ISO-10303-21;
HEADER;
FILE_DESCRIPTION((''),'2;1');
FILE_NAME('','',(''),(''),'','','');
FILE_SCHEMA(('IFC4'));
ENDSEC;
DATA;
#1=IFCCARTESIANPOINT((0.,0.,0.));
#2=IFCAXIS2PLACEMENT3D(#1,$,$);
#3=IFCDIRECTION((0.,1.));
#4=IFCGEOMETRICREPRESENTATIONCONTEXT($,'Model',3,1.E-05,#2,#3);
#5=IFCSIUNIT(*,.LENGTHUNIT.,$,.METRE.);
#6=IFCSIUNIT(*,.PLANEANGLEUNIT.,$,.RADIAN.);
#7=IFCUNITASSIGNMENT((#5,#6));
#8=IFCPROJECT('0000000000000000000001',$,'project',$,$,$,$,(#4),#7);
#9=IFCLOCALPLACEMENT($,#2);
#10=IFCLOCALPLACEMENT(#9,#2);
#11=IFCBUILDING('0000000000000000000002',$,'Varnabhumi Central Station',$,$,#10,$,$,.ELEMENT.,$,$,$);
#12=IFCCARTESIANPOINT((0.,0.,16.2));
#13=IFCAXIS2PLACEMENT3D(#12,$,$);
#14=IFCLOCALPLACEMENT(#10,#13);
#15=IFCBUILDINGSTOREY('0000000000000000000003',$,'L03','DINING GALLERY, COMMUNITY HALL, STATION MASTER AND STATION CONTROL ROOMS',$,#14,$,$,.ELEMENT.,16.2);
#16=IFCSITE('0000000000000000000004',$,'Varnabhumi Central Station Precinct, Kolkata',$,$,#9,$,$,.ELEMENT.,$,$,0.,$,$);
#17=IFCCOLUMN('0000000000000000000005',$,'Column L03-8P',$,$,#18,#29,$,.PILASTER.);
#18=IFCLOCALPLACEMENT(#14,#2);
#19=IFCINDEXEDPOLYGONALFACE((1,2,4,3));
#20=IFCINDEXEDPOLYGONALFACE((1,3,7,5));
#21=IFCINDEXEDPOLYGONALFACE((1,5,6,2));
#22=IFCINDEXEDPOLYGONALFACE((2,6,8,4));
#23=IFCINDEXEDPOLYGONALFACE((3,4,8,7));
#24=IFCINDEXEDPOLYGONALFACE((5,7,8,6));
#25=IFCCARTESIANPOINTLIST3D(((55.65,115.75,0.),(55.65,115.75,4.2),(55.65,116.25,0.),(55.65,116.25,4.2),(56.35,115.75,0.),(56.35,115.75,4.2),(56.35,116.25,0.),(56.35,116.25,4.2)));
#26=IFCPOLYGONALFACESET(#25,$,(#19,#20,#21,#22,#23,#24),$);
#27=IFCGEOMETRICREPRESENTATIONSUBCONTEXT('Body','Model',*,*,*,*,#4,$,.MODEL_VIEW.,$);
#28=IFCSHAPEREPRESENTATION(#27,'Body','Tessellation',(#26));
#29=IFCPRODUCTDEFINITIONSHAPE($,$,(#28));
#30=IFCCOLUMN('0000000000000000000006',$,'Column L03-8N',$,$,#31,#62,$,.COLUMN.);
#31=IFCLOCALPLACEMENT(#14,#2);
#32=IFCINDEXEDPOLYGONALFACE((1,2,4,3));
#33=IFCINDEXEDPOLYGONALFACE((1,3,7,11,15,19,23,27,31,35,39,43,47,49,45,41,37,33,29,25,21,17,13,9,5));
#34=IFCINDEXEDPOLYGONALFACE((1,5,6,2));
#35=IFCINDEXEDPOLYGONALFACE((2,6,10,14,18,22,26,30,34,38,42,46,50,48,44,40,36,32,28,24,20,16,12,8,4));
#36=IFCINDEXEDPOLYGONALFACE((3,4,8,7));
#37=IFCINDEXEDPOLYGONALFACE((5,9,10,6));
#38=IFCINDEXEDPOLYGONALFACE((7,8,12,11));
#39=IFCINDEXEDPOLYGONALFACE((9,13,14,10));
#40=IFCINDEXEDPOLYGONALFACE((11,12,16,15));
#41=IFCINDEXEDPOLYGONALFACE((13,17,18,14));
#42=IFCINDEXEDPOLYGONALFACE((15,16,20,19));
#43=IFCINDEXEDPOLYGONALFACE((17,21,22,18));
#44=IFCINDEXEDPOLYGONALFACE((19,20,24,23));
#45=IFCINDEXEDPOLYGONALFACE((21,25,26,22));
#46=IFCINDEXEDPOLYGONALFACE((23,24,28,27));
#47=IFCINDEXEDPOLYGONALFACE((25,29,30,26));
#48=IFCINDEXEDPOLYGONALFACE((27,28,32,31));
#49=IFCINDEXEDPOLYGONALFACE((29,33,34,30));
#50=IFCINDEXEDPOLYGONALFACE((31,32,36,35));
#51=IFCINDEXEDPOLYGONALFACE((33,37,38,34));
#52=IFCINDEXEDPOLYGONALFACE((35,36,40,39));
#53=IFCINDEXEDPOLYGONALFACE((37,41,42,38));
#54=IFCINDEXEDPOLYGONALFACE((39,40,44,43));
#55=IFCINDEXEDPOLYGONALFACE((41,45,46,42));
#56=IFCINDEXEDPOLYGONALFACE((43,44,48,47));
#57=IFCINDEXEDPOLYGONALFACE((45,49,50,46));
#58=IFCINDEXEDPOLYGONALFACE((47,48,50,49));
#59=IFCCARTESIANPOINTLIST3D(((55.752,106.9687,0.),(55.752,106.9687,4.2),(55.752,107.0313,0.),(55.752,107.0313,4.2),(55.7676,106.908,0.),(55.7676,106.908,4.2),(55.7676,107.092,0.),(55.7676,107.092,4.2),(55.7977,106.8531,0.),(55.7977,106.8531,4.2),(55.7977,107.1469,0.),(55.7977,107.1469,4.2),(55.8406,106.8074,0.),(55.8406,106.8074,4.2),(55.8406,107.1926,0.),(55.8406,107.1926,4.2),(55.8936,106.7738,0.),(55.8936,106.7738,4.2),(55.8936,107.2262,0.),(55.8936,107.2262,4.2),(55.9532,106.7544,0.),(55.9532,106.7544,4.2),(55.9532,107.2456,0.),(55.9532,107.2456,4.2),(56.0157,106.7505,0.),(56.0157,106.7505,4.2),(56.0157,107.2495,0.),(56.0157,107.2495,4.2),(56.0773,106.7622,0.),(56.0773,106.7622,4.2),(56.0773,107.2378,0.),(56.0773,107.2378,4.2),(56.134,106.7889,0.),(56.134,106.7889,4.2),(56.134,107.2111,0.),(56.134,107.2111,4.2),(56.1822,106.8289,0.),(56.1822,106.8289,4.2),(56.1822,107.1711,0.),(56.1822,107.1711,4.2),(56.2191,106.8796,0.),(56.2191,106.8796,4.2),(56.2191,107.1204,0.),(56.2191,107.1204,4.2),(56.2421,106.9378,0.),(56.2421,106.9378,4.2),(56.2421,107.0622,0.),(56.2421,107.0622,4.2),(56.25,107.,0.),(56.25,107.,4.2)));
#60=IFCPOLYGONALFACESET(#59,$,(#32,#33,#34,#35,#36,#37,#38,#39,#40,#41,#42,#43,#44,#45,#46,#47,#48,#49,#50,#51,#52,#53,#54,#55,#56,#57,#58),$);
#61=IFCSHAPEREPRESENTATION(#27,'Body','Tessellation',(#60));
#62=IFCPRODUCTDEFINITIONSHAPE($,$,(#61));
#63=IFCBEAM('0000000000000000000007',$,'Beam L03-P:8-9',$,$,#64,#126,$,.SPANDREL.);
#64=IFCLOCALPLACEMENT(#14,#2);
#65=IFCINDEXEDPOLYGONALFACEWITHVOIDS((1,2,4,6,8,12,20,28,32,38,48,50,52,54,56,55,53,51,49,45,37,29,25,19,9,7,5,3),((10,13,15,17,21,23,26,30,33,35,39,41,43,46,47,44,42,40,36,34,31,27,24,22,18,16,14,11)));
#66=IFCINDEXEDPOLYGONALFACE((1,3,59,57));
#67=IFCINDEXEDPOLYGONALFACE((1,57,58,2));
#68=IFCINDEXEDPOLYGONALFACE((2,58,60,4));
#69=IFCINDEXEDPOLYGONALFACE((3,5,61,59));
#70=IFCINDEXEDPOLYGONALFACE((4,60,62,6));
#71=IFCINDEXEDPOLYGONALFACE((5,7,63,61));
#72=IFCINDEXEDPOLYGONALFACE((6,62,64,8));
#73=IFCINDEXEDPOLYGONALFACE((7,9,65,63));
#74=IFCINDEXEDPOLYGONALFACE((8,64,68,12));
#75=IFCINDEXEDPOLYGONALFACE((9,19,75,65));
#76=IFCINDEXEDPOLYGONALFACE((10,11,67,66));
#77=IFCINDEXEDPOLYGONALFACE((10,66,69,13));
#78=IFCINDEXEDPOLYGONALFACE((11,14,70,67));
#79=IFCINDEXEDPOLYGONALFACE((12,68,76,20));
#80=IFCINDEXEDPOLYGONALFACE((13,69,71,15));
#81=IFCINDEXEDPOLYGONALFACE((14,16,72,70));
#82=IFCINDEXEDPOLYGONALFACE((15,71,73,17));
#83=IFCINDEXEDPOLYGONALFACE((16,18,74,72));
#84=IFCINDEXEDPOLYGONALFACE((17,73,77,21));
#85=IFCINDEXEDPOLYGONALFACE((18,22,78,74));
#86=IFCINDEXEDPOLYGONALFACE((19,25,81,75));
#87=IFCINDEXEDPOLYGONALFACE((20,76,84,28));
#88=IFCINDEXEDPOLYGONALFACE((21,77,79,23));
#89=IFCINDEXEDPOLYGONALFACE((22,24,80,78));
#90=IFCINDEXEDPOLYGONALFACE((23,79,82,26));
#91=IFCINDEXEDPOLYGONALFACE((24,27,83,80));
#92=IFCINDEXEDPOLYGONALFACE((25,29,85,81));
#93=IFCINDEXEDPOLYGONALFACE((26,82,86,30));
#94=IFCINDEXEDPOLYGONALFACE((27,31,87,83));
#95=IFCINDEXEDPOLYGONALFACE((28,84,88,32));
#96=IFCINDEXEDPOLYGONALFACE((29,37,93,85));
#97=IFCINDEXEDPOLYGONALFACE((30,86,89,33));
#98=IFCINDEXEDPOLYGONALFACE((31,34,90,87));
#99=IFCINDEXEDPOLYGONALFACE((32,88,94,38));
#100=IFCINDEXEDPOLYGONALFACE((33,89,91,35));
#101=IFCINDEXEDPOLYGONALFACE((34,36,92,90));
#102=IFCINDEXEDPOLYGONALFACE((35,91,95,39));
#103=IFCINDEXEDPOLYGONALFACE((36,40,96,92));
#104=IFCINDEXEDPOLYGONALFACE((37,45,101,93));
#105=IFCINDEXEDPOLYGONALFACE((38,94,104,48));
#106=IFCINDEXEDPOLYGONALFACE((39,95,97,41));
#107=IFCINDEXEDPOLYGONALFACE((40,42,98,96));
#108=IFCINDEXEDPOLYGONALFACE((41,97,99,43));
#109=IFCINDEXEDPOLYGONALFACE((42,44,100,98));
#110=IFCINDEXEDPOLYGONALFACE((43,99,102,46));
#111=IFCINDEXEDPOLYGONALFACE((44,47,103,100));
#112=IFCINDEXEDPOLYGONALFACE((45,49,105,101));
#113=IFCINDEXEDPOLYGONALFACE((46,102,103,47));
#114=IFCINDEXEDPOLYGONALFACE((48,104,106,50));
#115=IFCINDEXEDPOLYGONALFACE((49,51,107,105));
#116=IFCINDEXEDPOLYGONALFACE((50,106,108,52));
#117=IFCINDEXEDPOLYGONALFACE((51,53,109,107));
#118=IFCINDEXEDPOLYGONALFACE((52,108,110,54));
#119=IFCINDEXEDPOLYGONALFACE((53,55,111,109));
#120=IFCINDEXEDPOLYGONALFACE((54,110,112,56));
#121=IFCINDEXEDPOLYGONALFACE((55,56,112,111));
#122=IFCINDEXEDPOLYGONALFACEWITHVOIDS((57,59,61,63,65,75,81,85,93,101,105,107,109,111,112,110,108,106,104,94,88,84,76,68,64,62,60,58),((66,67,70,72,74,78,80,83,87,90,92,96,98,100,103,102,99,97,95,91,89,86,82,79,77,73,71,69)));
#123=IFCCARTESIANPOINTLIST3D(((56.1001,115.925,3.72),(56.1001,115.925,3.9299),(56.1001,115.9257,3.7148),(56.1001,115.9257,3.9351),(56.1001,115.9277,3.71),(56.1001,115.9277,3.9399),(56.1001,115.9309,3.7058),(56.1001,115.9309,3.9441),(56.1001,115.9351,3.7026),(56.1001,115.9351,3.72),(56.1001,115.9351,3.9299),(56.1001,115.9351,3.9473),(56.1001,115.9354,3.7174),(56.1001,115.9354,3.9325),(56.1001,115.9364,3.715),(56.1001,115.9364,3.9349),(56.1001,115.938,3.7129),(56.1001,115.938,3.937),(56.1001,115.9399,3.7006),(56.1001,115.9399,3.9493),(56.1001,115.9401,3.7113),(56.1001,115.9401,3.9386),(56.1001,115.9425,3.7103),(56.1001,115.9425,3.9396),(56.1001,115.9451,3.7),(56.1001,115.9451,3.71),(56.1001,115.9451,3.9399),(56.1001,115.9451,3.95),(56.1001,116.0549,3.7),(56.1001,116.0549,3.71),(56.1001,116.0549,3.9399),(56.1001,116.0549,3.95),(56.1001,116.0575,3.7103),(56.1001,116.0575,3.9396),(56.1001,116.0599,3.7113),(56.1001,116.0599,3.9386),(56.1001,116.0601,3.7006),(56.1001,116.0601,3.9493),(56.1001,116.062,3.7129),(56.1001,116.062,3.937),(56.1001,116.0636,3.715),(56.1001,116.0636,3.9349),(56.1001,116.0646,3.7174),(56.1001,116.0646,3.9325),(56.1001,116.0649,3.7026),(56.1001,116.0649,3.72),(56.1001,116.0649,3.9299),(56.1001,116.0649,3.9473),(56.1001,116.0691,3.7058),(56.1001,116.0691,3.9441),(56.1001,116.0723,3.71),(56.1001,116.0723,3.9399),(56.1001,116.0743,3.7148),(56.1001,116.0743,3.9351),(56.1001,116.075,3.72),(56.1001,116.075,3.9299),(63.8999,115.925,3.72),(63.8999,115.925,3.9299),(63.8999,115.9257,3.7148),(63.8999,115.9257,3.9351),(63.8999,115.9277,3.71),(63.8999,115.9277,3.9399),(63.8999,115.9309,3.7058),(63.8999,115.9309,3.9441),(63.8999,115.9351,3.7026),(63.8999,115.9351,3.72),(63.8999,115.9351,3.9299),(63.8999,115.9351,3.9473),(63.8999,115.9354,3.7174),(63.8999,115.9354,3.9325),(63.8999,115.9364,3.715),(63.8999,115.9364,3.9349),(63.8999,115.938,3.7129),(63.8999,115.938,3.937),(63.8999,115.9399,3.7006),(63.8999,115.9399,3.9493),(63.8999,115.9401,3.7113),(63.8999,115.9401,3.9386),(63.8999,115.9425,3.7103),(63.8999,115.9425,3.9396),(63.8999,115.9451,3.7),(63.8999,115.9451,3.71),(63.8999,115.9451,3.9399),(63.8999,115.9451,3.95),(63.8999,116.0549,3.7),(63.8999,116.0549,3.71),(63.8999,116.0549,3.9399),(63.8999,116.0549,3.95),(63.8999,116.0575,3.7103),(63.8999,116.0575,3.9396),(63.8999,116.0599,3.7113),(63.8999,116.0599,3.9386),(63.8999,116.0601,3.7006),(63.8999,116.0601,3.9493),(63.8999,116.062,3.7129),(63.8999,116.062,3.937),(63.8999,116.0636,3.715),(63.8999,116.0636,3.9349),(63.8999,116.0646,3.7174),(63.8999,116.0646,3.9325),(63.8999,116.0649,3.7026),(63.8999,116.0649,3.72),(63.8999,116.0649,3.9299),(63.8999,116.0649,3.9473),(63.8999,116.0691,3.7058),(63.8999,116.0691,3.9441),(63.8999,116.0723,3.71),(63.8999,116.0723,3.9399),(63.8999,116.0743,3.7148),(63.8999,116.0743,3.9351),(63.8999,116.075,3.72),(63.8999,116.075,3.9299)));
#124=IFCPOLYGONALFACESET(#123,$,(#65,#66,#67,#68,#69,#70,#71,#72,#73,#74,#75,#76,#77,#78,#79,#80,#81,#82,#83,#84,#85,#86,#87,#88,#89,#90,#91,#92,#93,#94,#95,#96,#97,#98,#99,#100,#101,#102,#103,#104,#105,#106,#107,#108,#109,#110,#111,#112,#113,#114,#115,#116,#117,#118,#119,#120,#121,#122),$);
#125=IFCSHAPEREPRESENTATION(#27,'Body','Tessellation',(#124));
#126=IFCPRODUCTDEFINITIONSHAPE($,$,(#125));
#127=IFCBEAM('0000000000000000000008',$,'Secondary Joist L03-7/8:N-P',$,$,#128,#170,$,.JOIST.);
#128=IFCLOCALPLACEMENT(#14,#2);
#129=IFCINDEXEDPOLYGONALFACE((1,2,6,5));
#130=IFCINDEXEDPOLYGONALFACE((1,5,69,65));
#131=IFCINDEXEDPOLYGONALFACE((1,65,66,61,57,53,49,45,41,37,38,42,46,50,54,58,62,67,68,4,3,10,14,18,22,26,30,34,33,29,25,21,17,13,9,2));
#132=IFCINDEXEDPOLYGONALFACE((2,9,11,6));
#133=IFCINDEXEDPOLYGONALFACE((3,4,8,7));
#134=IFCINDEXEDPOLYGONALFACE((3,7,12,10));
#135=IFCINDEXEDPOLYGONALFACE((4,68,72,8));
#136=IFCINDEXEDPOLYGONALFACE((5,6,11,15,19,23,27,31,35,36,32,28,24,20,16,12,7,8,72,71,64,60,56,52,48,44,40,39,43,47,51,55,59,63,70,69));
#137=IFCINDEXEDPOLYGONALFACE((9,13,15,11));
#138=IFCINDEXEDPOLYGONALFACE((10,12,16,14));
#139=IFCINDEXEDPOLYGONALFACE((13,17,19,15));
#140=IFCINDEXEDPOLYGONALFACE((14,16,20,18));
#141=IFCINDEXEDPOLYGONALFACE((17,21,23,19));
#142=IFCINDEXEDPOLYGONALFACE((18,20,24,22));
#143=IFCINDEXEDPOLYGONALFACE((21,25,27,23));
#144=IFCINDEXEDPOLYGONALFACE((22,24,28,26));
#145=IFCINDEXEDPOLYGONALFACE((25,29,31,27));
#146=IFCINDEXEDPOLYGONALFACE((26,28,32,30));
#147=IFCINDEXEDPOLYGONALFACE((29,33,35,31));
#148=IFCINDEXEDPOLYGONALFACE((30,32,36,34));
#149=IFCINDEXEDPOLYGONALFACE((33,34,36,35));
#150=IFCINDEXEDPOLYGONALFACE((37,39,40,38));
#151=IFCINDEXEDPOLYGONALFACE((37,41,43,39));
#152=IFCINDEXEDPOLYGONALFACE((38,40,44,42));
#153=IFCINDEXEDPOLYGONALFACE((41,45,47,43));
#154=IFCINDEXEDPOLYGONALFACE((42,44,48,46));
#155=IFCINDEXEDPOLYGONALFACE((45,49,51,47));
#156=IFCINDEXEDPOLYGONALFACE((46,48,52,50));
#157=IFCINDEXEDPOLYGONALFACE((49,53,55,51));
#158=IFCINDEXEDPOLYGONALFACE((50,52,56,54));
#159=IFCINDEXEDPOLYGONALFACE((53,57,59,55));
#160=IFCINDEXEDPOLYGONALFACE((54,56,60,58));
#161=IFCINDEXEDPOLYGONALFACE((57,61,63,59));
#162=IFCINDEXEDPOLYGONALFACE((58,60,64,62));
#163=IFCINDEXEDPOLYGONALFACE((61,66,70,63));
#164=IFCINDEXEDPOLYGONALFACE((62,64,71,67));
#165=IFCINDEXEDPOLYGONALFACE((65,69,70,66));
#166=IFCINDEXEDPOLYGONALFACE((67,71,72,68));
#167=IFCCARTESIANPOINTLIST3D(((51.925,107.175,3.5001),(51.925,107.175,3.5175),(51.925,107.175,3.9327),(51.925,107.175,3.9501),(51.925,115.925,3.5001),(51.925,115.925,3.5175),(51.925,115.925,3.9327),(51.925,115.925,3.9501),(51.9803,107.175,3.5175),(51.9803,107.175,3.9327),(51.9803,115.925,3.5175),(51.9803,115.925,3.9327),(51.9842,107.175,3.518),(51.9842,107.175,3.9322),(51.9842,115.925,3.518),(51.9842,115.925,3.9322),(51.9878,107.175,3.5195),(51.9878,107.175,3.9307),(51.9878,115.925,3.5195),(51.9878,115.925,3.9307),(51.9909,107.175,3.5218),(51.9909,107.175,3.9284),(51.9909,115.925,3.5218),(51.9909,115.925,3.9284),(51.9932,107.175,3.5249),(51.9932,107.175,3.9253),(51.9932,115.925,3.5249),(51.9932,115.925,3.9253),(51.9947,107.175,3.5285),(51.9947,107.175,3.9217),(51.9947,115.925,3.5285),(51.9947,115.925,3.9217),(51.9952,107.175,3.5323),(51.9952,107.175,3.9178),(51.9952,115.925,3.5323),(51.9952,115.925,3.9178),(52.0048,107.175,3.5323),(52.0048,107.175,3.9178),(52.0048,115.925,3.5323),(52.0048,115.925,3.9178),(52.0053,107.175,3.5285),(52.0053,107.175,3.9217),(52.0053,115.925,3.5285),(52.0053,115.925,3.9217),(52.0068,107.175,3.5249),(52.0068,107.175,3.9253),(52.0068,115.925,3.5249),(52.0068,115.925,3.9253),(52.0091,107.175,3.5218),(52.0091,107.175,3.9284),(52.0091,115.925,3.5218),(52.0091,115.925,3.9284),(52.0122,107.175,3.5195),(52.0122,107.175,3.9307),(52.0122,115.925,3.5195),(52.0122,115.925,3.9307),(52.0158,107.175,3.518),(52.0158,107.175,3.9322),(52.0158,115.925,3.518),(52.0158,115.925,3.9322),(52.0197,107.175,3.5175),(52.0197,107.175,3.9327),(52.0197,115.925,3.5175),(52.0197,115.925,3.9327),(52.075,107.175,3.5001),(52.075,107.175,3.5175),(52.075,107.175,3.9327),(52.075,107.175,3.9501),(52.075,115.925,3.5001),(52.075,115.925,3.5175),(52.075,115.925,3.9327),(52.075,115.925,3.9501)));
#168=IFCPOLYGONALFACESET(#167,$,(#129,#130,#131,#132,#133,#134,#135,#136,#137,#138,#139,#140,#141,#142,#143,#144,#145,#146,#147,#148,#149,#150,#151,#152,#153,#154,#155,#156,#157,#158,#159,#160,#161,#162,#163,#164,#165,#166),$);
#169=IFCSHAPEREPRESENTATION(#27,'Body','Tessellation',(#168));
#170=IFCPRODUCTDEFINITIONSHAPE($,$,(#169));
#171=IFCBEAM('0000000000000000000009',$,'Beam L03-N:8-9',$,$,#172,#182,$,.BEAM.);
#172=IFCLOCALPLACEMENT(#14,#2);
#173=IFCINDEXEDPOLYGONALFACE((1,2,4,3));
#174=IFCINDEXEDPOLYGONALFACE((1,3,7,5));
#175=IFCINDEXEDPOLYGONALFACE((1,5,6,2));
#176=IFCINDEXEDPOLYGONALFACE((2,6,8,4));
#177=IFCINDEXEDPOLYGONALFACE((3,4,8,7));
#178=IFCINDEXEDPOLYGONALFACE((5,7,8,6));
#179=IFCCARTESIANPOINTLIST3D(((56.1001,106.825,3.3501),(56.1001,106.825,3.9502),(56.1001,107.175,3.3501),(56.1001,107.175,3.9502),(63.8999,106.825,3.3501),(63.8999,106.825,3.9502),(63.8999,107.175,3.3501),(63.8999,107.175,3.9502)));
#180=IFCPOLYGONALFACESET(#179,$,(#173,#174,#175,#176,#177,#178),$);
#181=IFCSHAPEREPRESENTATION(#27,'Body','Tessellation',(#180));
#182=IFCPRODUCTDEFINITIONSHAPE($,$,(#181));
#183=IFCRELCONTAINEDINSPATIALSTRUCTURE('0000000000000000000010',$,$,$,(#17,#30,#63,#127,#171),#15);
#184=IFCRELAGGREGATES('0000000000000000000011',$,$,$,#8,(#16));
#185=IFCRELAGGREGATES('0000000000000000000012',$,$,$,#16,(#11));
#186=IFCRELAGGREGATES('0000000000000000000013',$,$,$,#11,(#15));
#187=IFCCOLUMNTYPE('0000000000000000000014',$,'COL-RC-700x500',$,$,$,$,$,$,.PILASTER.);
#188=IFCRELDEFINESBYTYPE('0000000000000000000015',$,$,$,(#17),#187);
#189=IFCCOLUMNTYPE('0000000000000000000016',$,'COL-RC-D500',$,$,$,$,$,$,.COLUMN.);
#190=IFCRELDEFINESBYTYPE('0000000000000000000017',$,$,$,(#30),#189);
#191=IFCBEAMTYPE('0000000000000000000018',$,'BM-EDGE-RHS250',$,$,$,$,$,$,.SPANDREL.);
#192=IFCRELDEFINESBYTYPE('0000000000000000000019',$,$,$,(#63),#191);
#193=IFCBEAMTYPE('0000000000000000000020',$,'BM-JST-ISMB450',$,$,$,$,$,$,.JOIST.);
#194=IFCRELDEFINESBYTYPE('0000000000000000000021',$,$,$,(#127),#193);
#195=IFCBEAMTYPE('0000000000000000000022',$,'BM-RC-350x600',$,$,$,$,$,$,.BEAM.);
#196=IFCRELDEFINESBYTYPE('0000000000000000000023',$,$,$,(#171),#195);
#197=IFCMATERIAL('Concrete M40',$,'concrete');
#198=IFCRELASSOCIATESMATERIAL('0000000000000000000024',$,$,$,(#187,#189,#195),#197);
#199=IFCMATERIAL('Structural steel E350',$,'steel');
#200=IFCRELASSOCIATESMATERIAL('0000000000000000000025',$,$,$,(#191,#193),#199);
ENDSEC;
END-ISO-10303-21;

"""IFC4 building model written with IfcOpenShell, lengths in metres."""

from ifc_helpers import new_model, si_unit, direction, frame, origin, origin_2d, place, context, subcontext, project, spatial, rectangle, hollow_rectangle, circle, i_section, extrude, material, material_profile, profile_set, type_object, element, save


model = new_model("IFC4")

# Units and contexts
model_context = context("Model", 3, precision=1e-05, world=origin(), true_north=direction((0.0, 1.0)))
body_context = subcontext(model_context, "Body", "Model", "MODEL_VIEW")
ifc_project = project(units=[si_unit("LENGTHUNIT", "METRE"), si_unit("PLANEANGLEUNIT", "RADIAN")], contexts=[model_context])

# Site, building, storey
site_placement = place(None, origin())
site = spatial("IfcSite", under=ifc_project, at=site_placement, Name="Varnabhumi Central Station Precinct, Kolkata", CompositionType="ELEMENT", RefElevation=0.0)
building_placement = place(site_placement, origin())
building = spatial("IfcBuilding", under=site, at=building_placement, Name="Varnabhumi Central Station", CompositionType="ELEMENT")
storey_placement = place(building_placement, frame((0.0, 0.0, 16.2)))
storey = spatial("IfcBuildingStorey", under=building, at=storey_placement, Name="L03", Description="DINING GALLERY, COMMUNITY HALL, STATION MASTER AND STATION CONTROL ROOMS", CompositionType="ELEMENT", Elevation=16.2)

# Columns
ifc_material_1 = material(Name="Concrete M40", Category="concrete")
ifc_material_profile_1 = material_profile(ifc_material_1, rectangle(XDim=0.7, YDim=0.5, at=origin_2d()), Name="Concrete M40", Category="concrete")
ifc_profile_set_1 = profile_set([ifc_material_profile_1], Name="Concrete M40")
column_type_1 = type_object("IfcColumnType", Name="COL-RC-700x500", PredefinedType="PILASTER", material=ifc_profile_set_1)
column_1_placement = place(storey_placement, frame((56.0, 116.0, 0.0), z_axis=(0.0, 0.0, 1.0), x_axis=(1.0, 0.0, 0.0)))
element("IfcColumn", 1, at=column_1_placement, inside=storey, type_object=column_type_1, Name="Column L03-8P", PredefinedType="PILASTER", context=body_context, shape_type="SweptSolid", body=[
    extrude(rectangle(XDim=0.7, YDim=0.5, at=origin_2d()), origin(), (0.0, 0.0, 1.0), 4.2),
])
ifc_material_profile_2 = material_profile(ifc_material_1, circle(Radius=0.25, at=origin_2d()), Name="Concrete M40", Category="concrete")
ifc_profile_set_2 = profile_set([ifc_material_profile_2], Name="Concrete M40")
column_type_2 = type_object("IfcColumnType", Name="COL-RC-D500", PredefinedType="COLUMN", material=ifc_profile_set_2)
column_2_placement = place(storey_placement, frame((56.0, 107.0, 0.0), z_axis=(0.0, 0.0, 1.0), x_axis=(1.0, 0.0, 0.0)))
element("IfcColumn", 2, at=column_2_placement, inside=storey, type_object=column_type_2, Name="Column L03-8N", PredefinedType="COLUMN", context=body_context, shape_type="SweptSolid", body=[
    extrude(circle(Radius=0.25, at=origin_2d()), origin(), (0.0, 0.0, 1.0), 4.2),
])

# Beams
ifc_material_2 = material(Name="Structural steel E350", Category="steel")
ifc_material_profile_3 = material_profile(ifc_material_2, hollow_rectangle(XDim=0.1499, YDim=0.25, WallThickness=0.01, InnerFilletRadius=0.01, OuterFilletRadius=0.02, at=origin_2d()), Name="Structural steel E350", Category="steel")
ifc_profile_set_3 = profile_set([ifc_material_profile_3], Name="Structural steel E350")
beam_type_1 = type_object("IfcBeamType", Name="BM-EDGE-RHS250", PredefinedType="SPANDREL", material=ifc_profile_set_3)
beam_1_placement = place(storey_placement, frame((56.1001, 116.0, 3.825), z_axis=(1.0, 0.0, 0.0), x_axis=(0.0, 1.0, 0.0)))
element("IfcBeam", 3, at=beam_1_placement, inside=storey, type_object=beam_type_1, Name="Beam L03-P:8-9", PredefinedType="SPANDREL", context=body_context, shape_type="SweptSolid", body=[
    extrude(hollow_rectangle(XDim=0.1499, YDim=0.25, WallThickness=0.01, InnerFilletRadius=0.01, OuterFilletRadius=0.02, at=origin_2d()), origin(), (0.0, 0.0, 1.0), 7.7998),
])
ifc_material_profile_4 = material_profile(ifc_material_2, i_section(OverallWidth=0.1499, OverallDepth=0.45, WebThickness=0.0095, FlangeThickness=0.0173, FilletRadius=0.0149, at=origin_2d()), Name="Structural steel E350", Category="steel")
ifc_profile_set_4 = profile_set([ifc_material_profile_4], Name="Structural steel E350")
beam_type_2 = type_object("IfcBeamType", Name="BM-JST-ISMB450", PredefinedType="JOIST", material=ifc_profile_set_4)
beam_2_placement = place(storey_placement, frame((52.0, 107.175, 3.7251), z_axis=(0.0, 1.0, 0.0), x_axis=(-1.0, 0.0, 0.0)))
element("IfcBeam", 4, at=beam_2_placement, inside=storey, type_object=beam_type_2, Name="Secondary Joist L03-7/8:N-P", PredefinedType="JOIST", context=body_context, shape_type="SweptSolid", body=[
    extrude(i_section(OverallWidth=0.1499, OverallDepth=0.45, WebThickness=0.0095, FlangeThickness=0.0173, FilletRadius=0.0149, at=origin_2d()), origin(), (0.0, 0.0, 1.0), 8.75),
])
ifc_material_profile_5 = material_profile(ifc_material_1, rectangle(XDim=0.3501, YDim=0.6001, at=origin_2d()), Name="Concrete M40", Category="concrete")
ifc_profile_set_5 = profile_set([ifc_material_profile_5], Name="Concrete M40")
beam_type_3 = type_object("IfcBeamType", Name="BM-RC-350x600", PredefinedType="BEAM", material=ifc_profile_set_5)
beam_3_placement = place(storey_placement, frame((56.1001, 107.0, 3.6501), z_axis=(1.0, 0.0, 0.0), x_axis=(0.0, 1.0, 0.0)))
element("IfcBeam", 5, at=beam_3_placement, inside=storey, type_object=beam_type_3, Name="Beam L03-N:8-9", PredefinedType="BEAM", context=body_context, shape_type="SweptSolid", body=[
    extrude(rectangle(XDim=0.3501, YDim=0.6001, at=origin_2d()), origin(), (0.0, 0.0, 1.0), 7.7998),
])

save(model, "model.ifc")
